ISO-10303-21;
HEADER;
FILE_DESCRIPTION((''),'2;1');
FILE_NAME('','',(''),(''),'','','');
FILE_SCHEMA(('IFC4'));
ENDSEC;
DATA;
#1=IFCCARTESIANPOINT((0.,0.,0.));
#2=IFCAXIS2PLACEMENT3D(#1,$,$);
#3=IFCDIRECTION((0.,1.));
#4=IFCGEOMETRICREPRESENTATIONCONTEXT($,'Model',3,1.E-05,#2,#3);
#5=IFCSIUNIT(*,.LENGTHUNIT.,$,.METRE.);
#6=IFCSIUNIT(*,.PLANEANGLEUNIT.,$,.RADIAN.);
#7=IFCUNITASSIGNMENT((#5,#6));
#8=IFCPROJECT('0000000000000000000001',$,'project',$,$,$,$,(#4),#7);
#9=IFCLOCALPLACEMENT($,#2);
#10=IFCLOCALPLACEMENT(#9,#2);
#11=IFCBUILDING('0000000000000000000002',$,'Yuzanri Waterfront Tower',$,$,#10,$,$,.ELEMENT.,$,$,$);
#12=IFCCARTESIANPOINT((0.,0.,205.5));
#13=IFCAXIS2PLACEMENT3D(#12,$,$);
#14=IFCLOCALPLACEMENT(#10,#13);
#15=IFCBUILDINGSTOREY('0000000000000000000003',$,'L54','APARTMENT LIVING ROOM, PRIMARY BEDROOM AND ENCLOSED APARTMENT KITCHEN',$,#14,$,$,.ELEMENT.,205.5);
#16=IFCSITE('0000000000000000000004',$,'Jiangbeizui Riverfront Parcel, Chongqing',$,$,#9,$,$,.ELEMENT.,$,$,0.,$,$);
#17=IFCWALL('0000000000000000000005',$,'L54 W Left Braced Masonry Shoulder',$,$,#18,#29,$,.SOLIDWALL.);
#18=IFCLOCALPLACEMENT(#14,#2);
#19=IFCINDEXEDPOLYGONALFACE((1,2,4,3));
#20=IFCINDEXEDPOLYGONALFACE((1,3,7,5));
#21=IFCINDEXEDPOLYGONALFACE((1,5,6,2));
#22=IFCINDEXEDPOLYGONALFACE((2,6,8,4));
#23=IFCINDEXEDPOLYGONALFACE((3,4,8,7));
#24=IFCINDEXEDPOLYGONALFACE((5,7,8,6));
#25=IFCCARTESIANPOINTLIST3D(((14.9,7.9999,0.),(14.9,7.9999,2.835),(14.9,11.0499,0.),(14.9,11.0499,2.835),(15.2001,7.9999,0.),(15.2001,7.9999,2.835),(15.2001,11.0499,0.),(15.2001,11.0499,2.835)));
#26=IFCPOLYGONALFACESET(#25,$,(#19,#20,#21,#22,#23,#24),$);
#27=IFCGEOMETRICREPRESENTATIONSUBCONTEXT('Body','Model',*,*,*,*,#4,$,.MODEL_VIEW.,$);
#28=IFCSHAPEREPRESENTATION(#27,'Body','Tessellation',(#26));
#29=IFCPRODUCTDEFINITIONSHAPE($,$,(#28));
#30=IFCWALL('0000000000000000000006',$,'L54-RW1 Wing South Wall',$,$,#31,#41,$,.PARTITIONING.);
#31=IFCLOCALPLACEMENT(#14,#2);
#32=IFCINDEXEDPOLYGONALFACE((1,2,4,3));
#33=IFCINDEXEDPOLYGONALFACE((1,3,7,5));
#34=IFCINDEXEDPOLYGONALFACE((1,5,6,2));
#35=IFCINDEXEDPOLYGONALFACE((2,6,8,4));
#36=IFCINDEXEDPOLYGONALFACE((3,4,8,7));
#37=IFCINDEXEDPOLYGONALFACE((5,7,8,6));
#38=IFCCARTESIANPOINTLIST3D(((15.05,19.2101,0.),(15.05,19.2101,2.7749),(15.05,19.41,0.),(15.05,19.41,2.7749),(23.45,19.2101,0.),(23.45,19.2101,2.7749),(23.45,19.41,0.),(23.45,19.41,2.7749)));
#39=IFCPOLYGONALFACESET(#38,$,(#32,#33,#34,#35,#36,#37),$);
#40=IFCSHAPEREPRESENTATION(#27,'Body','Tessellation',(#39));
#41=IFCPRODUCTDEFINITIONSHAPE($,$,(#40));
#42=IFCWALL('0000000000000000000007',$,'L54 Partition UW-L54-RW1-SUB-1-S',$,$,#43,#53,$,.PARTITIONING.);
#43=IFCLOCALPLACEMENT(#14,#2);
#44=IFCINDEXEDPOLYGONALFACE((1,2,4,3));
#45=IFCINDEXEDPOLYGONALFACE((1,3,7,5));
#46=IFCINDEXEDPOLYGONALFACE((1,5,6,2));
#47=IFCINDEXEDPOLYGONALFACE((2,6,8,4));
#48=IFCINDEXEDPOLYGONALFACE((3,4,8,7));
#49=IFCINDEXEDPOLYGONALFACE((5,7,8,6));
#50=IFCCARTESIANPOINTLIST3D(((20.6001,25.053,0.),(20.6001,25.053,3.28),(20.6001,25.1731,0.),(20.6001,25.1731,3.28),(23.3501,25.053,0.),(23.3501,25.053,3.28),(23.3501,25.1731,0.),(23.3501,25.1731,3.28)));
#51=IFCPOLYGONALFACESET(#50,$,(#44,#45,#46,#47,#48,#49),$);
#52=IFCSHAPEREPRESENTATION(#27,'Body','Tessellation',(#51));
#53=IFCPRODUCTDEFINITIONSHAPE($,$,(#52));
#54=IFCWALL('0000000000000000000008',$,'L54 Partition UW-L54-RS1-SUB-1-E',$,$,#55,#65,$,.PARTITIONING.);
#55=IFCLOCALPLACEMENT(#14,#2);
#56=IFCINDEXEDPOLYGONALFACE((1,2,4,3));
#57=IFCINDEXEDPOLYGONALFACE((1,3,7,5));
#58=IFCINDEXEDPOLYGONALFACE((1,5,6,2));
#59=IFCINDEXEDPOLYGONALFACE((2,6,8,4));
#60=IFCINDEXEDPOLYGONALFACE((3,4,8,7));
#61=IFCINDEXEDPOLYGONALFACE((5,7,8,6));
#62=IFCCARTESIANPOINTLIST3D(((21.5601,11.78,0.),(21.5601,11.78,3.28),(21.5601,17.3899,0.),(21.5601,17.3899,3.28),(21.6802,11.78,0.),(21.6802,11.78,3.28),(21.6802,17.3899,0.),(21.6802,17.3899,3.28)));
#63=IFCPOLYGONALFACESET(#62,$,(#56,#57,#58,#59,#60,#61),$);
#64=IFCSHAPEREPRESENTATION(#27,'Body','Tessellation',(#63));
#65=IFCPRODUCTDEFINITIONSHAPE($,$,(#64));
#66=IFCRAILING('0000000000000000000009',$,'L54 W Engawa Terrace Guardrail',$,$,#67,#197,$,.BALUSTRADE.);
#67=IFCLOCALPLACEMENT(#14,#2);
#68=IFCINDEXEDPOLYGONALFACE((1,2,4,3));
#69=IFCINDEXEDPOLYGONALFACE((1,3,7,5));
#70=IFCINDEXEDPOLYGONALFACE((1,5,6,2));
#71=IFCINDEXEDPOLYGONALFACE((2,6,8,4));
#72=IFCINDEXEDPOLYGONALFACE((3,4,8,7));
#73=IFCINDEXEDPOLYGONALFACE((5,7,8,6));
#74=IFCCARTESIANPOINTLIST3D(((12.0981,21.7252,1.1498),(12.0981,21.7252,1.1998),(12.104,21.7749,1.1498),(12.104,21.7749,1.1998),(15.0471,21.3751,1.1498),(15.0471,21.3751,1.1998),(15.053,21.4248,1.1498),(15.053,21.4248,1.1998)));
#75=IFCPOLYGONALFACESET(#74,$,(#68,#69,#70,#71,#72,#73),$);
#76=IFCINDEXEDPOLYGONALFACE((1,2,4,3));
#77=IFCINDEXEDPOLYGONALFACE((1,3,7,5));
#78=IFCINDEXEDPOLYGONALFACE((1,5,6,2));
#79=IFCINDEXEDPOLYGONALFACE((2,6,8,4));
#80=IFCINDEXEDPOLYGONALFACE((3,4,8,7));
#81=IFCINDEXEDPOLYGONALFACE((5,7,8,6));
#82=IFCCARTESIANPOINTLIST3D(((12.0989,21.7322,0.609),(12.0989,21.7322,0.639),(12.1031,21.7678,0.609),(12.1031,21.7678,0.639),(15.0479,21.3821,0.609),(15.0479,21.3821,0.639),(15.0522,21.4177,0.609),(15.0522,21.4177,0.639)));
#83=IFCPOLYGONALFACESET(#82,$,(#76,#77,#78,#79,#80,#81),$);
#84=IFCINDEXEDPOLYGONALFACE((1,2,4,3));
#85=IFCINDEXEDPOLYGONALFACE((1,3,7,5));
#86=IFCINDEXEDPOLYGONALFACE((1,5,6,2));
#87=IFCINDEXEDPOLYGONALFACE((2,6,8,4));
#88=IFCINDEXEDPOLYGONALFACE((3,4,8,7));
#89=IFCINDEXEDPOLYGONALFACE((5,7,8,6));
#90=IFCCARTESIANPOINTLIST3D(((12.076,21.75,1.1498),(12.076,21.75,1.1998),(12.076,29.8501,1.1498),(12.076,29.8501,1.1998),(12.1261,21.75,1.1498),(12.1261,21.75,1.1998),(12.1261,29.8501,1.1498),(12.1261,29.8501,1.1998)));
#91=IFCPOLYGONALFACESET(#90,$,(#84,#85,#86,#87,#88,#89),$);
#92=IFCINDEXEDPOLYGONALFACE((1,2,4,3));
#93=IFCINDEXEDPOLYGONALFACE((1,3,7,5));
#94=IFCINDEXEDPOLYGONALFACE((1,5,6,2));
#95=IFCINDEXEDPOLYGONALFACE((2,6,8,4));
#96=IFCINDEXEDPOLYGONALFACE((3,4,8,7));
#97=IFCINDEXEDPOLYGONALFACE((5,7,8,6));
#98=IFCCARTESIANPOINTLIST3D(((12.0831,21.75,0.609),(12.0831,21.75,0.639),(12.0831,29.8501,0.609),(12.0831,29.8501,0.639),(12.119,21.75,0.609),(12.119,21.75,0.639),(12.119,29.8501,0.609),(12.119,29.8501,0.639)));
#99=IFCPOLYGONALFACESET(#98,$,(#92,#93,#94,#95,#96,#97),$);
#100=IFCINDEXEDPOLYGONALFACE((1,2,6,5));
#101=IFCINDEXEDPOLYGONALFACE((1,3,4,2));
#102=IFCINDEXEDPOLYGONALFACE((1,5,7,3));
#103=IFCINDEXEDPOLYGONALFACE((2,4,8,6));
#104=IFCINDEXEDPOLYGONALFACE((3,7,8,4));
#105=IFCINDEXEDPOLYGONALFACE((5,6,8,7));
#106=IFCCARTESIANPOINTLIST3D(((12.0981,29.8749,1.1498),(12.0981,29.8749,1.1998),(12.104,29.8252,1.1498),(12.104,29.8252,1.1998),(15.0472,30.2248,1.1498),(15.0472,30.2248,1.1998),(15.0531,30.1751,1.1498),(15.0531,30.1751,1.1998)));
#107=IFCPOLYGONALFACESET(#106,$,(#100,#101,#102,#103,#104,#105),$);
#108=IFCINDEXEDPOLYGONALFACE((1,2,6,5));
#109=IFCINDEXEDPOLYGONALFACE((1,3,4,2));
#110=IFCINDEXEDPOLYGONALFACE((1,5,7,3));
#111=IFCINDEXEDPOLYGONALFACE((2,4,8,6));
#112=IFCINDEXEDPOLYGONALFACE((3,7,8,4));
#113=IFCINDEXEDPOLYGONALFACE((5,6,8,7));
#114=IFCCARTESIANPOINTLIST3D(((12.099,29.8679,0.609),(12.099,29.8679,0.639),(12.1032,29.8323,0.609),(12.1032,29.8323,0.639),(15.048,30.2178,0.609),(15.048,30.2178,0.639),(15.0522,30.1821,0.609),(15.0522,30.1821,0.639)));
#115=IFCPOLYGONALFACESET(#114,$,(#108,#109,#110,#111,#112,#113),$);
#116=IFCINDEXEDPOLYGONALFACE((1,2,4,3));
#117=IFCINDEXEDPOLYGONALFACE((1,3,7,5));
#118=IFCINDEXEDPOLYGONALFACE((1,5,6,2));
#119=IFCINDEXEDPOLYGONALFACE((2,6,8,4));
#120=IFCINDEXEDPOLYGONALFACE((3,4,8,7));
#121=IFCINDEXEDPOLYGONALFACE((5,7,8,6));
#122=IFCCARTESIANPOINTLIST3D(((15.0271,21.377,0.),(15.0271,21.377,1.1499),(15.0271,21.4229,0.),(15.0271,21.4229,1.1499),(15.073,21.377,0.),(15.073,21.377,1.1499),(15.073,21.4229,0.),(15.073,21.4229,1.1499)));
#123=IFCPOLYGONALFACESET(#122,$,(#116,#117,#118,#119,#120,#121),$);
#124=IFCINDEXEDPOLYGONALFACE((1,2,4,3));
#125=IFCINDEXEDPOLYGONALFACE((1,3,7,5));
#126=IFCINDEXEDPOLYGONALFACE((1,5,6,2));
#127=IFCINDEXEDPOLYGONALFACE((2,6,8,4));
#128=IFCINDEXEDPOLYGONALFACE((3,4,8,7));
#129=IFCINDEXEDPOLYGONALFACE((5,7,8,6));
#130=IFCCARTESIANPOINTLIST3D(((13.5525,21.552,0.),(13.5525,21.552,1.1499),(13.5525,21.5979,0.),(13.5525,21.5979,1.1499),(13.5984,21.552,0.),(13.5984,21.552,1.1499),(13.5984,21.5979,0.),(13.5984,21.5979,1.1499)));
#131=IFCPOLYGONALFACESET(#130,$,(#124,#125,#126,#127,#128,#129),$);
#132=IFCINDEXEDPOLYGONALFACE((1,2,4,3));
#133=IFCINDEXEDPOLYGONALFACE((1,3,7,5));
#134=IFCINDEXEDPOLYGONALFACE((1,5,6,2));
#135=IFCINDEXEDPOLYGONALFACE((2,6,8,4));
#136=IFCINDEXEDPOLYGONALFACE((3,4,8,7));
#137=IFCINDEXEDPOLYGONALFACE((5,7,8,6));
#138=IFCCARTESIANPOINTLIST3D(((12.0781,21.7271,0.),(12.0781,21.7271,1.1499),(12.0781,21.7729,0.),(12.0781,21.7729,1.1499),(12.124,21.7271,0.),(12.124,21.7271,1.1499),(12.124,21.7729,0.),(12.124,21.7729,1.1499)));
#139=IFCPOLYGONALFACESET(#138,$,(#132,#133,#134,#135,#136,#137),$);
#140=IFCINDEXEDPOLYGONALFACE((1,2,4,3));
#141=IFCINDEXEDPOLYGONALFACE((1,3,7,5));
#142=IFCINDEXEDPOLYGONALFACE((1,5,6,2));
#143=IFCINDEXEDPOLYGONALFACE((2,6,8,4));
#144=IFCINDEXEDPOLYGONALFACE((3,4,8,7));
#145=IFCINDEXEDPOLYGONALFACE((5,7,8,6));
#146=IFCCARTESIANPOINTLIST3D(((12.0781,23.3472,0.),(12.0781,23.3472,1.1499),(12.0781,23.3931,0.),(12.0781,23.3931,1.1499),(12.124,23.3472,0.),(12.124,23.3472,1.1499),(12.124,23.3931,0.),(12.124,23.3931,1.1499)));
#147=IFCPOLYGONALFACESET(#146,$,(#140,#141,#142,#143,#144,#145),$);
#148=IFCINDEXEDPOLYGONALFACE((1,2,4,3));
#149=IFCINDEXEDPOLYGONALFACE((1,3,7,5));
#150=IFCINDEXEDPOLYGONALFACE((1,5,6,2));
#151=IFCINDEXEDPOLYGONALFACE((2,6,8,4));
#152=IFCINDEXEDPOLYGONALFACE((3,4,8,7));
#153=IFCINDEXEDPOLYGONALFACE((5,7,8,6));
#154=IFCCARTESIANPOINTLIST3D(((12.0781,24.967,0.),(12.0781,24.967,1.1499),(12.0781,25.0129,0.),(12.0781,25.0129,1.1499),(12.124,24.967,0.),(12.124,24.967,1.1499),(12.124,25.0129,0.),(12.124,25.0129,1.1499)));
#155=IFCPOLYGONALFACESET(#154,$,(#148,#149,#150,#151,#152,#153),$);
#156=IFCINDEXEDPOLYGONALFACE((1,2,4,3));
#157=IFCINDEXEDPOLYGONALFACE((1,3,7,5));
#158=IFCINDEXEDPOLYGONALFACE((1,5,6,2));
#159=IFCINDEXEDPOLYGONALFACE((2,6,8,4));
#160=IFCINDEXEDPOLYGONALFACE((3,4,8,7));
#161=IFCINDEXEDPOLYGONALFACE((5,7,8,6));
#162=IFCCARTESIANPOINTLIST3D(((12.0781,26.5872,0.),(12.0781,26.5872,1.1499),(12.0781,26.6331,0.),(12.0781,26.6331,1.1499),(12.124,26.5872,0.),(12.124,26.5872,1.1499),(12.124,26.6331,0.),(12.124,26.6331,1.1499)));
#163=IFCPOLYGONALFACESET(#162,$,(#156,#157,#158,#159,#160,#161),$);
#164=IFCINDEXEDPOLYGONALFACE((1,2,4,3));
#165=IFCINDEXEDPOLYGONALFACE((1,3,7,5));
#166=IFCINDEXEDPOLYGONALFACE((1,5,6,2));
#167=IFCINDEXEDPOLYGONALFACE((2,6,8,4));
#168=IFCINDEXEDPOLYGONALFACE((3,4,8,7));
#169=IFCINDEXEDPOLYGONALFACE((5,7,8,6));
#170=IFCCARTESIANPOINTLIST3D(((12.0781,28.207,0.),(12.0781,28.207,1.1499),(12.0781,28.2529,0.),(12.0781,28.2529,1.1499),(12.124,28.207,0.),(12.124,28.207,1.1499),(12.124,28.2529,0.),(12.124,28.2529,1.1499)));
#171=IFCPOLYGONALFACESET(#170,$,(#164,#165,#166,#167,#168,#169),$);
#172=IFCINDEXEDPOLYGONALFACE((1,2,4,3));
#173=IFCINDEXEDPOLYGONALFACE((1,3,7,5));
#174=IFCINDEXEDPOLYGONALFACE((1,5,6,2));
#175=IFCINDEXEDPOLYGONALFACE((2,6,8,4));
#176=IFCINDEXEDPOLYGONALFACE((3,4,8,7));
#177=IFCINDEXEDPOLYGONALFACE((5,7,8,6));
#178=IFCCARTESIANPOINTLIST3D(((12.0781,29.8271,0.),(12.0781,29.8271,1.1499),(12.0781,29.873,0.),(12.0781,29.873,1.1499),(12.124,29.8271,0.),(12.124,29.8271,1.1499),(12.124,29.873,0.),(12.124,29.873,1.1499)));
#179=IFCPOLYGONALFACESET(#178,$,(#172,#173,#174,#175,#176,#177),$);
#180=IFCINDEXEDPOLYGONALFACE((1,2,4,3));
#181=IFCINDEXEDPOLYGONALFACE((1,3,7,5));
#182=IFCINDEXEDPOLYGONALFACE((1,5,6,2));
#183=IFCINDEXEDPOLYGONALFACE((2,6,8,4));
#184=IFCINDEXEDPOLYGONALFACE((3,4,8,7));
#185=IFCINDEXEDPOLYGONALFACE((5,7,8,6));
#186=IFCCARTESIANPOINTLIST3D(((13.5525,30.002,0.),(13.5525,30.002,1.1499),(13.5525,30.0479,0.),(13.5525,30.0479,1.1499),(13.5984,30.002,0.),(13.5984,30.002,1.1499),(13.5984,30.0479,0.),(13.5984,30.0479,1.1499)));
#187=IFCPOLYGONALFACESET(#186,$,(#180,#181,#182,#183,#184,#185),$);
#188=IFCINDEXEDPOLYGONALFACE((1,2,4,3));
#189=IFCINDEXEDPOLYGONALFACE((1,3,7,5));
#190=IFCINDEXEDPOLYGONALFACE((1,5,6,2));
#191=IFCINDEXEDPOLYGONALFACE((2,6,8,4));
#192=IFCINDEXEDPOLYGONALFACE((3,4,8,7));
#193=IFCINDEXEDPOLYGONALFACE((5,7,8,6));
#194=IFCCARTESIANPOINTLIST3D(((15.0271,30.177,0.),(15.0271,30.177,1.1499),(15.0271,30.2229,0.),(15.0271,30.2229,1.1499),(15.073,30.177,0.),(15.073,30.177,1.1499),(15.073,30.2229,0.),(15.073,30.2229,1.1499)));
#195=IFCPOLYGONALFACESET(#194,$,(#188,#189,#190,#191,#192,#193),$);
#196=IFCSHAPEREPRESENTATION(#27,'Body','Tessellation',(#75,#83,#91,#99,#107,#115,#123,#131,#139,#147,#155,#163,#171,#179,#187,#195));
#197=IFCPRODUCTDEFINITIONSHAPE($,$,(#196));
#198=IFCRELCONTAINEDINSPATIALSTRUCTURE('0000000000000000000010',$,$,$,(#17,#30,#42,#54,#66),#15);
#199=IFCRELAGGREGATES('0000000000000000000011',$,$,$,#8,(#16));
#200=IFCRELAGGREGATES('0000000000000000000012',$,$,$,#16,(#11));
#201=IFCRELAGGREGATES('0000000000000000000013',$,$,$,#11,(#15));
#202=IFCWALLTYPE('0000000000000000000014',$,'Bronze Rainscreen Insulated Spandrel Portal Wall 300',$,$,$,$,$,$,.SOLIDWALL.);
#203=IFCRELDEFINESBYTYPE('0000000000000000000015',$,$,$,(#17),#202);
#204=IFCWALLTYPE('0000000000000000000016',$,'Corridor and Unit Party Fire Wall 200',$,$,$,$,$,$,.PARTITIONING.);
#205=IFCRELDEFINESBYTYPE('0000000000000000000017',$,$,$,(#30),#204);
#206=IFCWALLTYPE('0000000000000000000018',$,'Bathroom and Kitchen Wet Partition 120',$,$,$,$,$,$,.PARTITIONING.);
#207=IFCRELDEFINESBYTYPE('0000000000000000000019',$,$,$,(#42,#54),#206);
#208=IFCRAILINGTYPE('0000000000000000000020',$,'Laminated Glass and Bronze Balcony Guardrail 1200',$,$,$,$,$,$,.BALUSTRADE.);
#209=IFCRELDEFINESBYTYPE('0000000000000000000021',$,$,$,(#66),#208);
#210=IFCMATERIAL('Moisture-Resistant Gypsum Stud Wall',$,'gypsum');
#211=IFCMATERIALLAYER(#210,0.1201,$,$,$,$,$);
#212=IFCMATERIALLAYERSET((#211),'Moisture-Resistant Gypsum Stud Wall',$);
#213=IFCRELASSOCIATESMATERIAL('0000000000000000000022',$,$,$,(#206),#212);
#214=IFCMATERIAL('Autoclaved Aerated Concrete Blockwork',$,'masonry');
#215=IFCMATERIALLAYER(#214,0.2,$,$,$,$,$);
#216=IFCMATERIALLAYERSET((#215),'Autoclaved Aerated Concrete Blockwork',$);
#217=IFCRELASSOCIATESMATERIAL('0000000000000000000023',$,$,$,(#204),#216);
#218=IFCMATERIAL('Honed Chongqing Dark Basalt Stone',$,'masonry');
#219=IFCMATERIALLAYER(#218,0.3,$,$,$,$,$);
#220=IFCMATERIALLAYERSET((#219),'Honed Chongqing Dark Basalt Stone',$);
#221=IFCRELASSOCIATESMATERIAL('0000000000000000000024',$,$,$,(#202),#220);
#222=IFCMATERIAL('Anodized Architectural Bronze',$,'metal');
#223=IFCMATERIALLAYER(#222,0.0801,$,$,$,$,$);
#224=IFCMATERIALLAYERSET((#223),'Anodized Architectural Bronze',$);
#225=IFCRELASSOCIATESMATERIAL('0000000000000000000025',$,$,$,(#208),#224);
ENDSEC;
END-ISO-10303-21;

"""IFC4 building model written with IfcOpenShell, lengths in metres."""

from ifc_helpers import new_model, si_unit, direction, frame, frame_2d, origin, origin_2d, place, context, subcontext, project, spatial, rectangle, extrude, source, transform, mapped, material, layer, layer_set, type_object, element, save


model = new_model("IFC4")

# Units and contexts
model_context = context("Model", 3, precision=1e-05, world=origin(), true_north=direction((0.0, 1.0)))
body_context = subcontext(model_context, "Body", "Model", "MODEL_VIEW")
ifc_project = project(units=[si_unit("LENGTHUNIT", "METRE"), si_unit("PLANEANGLEUNIT", "RADIAN")], contexts=[model_context])

# Site, building, storey
site_placement = place(None, origin())
site = spatial("IfcSite", under=ifc_project, at=site_placement, Name="Jiangbeizui Riverfront Parcel, Chongqing", CompositionType="ELEMENT", RefElevation=0.0)
building_placement = place(site_placement, origin())
building = spatial("IfcBuilding", under=site, at=building_placement, Name="Yuzanri Waterfront Tower", CompositionType="ELEMENT")
storey_placement = place(building_placement, frame((0.0, 0.0, 205.5)))
storey = spatial("IfcBuildingStorey", under=building, at=storey_placement, Name="L54", Description="APARTMENT LIVING ROOM, PRIMARY BEDROOM AND ENCLOSED APARTMENT KITCHEN", CompositionType="ELEMENT", Elevation=205.5)

# Shared definitions
ifc_material_1 = material(Name="Moisture-Resistant Gypsum Stud Wall", Category="gypsum")
ifc_layer_1 = layer(ifc_material_1, 0.1201)
ifc_layer_set_1 = layer_set([ifc_layer_1], Name="Moisture-Resistant Gypsum Stud Wall")
wall_type_1 = type_object("IfcWallType", Name="Bathroom and Kitchen Wet Partition 120", PredefinedType="PARTITIONING", material=ifc_layer_set_1)
ifc_material_2 = material(Name="Autoclaved Aerated Concrete Blockwork", Category="masonry")
ifc_layer_2 = layer(ifc_material_2, 0.2)
ifc_layer_set_2 = layer_set([ifc_layer_2], Name="Autoclaved Aerated Concrete Blockwork")
wall_type_2 = type_object("IfcWallType", Name="Corridor and Unit Party Fire Wall 200", PredefinedType="PARTITIONING", material=ifc_layer_set_2)

# Walls
ifc_material_3 = material(Name="Honed Chongqing Dark Basalt Stone", Category="masonry")
ifc_layer_3 = layer(ifc_material_3, 0.3)
ifc_layer_set_3 = layer_set([ifc_layer_3], Name="Honed Chongqing Dark Basalt Stone")
wall_type_3 = type_object("IfcWallType", Name="Bronze Rainscreen Insulated Spandrel Portal Wall 300", PredefinedType="SOLIDWALL", material=ifc_layer_set_3)
shared_shape_1 = source(origin(), body_context, "Body", "SweptSolid", [
    extrude(rectangle(XDim=3.05, YDim=0.3, at=frame_2d((1.5249, 0.0))), origin(), (0.0, 0.0, 1.0), 2.835),
])
wall_1_placement = place(storey_placement, frame((15.05, 8.0, 0.0), z_axis=(0.0, 0.0, 1.0), x_axis=(0.0, 1.0, 0.0)))
element("IfcWall", 1, at=wall_1_placement, inside=storey, type_object=wall_type_3, Name="L54 W Left Braced Masonry Shoulder", PredefinedType="SOLIDWALL", context=body_context, shape_type="MappedRepresentation", body=[
    mapped(shared_shape_1, transform((0.0, 0.0, 0.0), scale=1.0)),
])
shared_shape_2 = source(origin(), body_context, "Body", "SweptSolid", [
    extrude(rectangle(XDim=8.3999, YDim=0.2, at=frame_2d((4.2, 0.0))), origin(), (0.0, 0.0, 1.0), 2.7749),
])
wall_2_placement = place(storey_placement, frame((15.05, 19.3101, 0.0), z_axis=(0.0, 0.0, 1.0), x_axis=(1.0, 0.0, 0.0)))
element("IfcWall", 2, at=wall_2_placement, inside=storey, type_object=wall_type_2, Name="L54-RW1 Wing South Wall", PredefinedType="PARTITIONING", context=body_context, shape_type="MappedRepresentation", body=[
    mapped(shared_shape_2, transform((0.0, 0.0, 0.0), scale=1.0)),
])
shared_shape_3 = source(origin(), body_context, "Body", "SweptSolid", [
    extrude(rectangle(XDim=2.75, YDim=0.1201, at=frame_2d((1.375, 0.0))), origin(), (0.0, 0.0, 1.0), 3.28),
])
wall_3_placement = place(storey_placement, frame((20.6001, 25.113, 0.0), z_axis=(0.0, 0.0, 1.0), x_axis=(1.0, 0.0, 0.0)))
element("IfcWall", 3, at=wall_3_placement, inside=storey, type_object=wall_type_1, Name="L54 Partition UW-L54-RW1-SUB-1-S", PredefinedType="PARTITIONING", context=body_context, shape_type="MappedRepresentation", body=[
    mapped(shared_shape_3, transform((0.0, 0.0, 0.0), scale=1.0)),
])
shared_shape_4 = source(origin(), body_context, "Body", "SweptSolid", [
    extrude(rectangle(XDim=5.6099, YDim=0.1201, at=frame_2d((2.8049, 0.0))), origin(), (0.0, 0.0, 1.0), 3.28),
])
wall_4_placement = place(storey_placement, frame((21.6201, 11.78, 0.0), z_axis=(0.0, 0.0, 1.0), x_axis=(0.0, 1.0, 0.0)))
element("IfcWall", 4, at=wall_4_placement, inside=storey, type_object=wall_type_1, Name="L54 Partition UW-L54-RS1-SUB-1-E", PredefinedType="PARTITIONING", context=body_context, shape_type="MappedRepresentation", body=[
    mapped(shared_shape_4, transform((0.0, 0.0, 0.0), scale=1.0)),
])

# Railing
ifc_material_4 = material(Name="Anodized Architectural Bronze", Category="metal")
ifc_layer_4 = layer(ifc_material_4, 0.0801)
ifc_layer_set_4 = layer_set([ifc_layer_4], Name="Anodized Architectural Bronze")
railing_type = type_object("IfcRailingType", Name="Laminated Glass and Bronze Balcony Guardrail 1200", PredefinedType="BALUSTRADE", material=ifc_layer_set_4)
shared_shape_5 = source(origin(), body_context, "Body", "SweptSolid", [
    extrude(rectangle(XDim=0.05, YDim=0.05, at=origin_2d()), frame((0.0, 0.0, 1.1748), z_axis=(-0.993027, 0.117891, 0.0), x_axis=(-0.117891, -0.993027, 0.0)), (0.0, 0.0, 1.0), 2.9697),
    extrude(rectangle(XDim=0.0359, YDim=0.03, at=origin_2d()), frame((0.0, 0.0, 0.624), z_axis=(-0.993027, 0.117891, 0.0), x_axis=(-0.117891, -0.993027, 0.0)), (0.0, 0.0, 1.0), 2.9697),
    extrude(rectangle(XDim=0.05, YDim=0.05, at=origin_2d()), frame((-2.949, 0.3501, 1.1748), z_axis=(0.0, 1.0, 0.0), x_axis=(-1.0, 0.0, 0.0)), (0.0, 0.0, 1.0), 8.1001),
    extrude(rectangle(XDim=0.0359, YDim=0.03, at=origin_2d()), frame((-2.949, 0.3501, 0.624), z_axis=(0.0, 1.0, 0.0), x_axis=(-1.0, 0.0, 0.0)), (0.0, 0.0, 1.0), 8.1001),
    extrude(rectangle(XDim=0.05, YDim=0.05, at=origin_2d()), frame((-2.949, 8.4502, 1.1748), z_axis=(0.993036, 0.117809, 0.0), x_axis=(-0.117809, 0.993036, 0.0)), (0.0, 0.0, 1.0), 2.9697),
    extrude(rectangle(XDim=0.0359, YDim=0.03, at=origin_2d()), frame((-2.949, 8.4502, 0.624), z_axis=(0.993036, 0.117809, 0.0), x_axis=(-0.117809, 0.993036, 0.0)), (0.0, 0.0, 1.0), 2.9697),
    extrude(rectangle(XDim=0.0459, YDim=0.0459, at=origin_2d()), origin(), (0.0, 0.0, 1.0), 1.1499),
    extrude(rectangle(XDim=0.0459, YDim=0.0459, at=origin_2d()), frame((-1.4746, 0.175, 0.0)), (0.0, 0.0, 1.0), 1.1499),
    extrude(rectangle(XDim=0.0459, YDim=0.0459, at=origin_2d()), frame((-2.949, 0.3501, 0.0)), (0.0, 0.0, 1.0), 1.1499),
    extrude(rectangle(XDim=0.0459, YDim=0.0459, at=origin_2d()), frame((-2.949, 1.9702, 0.0)), (0.0, 0.0, 1.0), 1.1499),
    extrude(rectangle(XDim=0.0459, YDim=0.0459, at=origin_2d()), frame((-2.949, 3.5901, 0.0)), (0.0, 0.0, 1.0), 1.1499),
    extrude(rectangle(XDim=0.0459, YDim=0.0459, at=origin_2d()), frame((-2.949, 5.2102, 0.0)), (0.0, 0.0, 1.0), 1.1499),
    extrude(rectangle(XDim=0.0459, YDim=0.0459, at=origin_2d()), frame((-2.949, 6.8301, 0.0)), (0.0, 0.0, 1.0), 1.1499),
    extrude(rectangle(XDim=0.0459, YDim=0.0459, at=origin_2d()), frame((-2.949, 8.4502, 0.0)), (0.0, 0.0, 1.0), 1.1499),
    extrude(rectangle(XDim=0.0459, YDim=0.0459, at=origin_2d()), frame((-1.4746, 8.625, 0.0)), (0.0, 0.0, 1.0), 1.1499),
    extrude(rectangle(XDim=0.0459, YDim=0.0459, at=origin_2d()), frame((0.0, 8.8, 0.0)), (0.0, 0.0, 1.0), 1.1499),
])
railing_placement = place(storey_placement, frame((15.05, 21.3999, 0.0)))
element("IfcRailing", 5, at=railing_placement, inside=storey, type_object=railing_type, Name="L54 W Engawa Terrace Guardrail", PredefinedType="BALUSTRADE", context=body_context, shape_type="MappedRepresentation", body=[
    mapped(shared_shape_5, transform((0.0, 0.0, 0.0), scale=1.0)),
])

save(model, "model.ifc")
